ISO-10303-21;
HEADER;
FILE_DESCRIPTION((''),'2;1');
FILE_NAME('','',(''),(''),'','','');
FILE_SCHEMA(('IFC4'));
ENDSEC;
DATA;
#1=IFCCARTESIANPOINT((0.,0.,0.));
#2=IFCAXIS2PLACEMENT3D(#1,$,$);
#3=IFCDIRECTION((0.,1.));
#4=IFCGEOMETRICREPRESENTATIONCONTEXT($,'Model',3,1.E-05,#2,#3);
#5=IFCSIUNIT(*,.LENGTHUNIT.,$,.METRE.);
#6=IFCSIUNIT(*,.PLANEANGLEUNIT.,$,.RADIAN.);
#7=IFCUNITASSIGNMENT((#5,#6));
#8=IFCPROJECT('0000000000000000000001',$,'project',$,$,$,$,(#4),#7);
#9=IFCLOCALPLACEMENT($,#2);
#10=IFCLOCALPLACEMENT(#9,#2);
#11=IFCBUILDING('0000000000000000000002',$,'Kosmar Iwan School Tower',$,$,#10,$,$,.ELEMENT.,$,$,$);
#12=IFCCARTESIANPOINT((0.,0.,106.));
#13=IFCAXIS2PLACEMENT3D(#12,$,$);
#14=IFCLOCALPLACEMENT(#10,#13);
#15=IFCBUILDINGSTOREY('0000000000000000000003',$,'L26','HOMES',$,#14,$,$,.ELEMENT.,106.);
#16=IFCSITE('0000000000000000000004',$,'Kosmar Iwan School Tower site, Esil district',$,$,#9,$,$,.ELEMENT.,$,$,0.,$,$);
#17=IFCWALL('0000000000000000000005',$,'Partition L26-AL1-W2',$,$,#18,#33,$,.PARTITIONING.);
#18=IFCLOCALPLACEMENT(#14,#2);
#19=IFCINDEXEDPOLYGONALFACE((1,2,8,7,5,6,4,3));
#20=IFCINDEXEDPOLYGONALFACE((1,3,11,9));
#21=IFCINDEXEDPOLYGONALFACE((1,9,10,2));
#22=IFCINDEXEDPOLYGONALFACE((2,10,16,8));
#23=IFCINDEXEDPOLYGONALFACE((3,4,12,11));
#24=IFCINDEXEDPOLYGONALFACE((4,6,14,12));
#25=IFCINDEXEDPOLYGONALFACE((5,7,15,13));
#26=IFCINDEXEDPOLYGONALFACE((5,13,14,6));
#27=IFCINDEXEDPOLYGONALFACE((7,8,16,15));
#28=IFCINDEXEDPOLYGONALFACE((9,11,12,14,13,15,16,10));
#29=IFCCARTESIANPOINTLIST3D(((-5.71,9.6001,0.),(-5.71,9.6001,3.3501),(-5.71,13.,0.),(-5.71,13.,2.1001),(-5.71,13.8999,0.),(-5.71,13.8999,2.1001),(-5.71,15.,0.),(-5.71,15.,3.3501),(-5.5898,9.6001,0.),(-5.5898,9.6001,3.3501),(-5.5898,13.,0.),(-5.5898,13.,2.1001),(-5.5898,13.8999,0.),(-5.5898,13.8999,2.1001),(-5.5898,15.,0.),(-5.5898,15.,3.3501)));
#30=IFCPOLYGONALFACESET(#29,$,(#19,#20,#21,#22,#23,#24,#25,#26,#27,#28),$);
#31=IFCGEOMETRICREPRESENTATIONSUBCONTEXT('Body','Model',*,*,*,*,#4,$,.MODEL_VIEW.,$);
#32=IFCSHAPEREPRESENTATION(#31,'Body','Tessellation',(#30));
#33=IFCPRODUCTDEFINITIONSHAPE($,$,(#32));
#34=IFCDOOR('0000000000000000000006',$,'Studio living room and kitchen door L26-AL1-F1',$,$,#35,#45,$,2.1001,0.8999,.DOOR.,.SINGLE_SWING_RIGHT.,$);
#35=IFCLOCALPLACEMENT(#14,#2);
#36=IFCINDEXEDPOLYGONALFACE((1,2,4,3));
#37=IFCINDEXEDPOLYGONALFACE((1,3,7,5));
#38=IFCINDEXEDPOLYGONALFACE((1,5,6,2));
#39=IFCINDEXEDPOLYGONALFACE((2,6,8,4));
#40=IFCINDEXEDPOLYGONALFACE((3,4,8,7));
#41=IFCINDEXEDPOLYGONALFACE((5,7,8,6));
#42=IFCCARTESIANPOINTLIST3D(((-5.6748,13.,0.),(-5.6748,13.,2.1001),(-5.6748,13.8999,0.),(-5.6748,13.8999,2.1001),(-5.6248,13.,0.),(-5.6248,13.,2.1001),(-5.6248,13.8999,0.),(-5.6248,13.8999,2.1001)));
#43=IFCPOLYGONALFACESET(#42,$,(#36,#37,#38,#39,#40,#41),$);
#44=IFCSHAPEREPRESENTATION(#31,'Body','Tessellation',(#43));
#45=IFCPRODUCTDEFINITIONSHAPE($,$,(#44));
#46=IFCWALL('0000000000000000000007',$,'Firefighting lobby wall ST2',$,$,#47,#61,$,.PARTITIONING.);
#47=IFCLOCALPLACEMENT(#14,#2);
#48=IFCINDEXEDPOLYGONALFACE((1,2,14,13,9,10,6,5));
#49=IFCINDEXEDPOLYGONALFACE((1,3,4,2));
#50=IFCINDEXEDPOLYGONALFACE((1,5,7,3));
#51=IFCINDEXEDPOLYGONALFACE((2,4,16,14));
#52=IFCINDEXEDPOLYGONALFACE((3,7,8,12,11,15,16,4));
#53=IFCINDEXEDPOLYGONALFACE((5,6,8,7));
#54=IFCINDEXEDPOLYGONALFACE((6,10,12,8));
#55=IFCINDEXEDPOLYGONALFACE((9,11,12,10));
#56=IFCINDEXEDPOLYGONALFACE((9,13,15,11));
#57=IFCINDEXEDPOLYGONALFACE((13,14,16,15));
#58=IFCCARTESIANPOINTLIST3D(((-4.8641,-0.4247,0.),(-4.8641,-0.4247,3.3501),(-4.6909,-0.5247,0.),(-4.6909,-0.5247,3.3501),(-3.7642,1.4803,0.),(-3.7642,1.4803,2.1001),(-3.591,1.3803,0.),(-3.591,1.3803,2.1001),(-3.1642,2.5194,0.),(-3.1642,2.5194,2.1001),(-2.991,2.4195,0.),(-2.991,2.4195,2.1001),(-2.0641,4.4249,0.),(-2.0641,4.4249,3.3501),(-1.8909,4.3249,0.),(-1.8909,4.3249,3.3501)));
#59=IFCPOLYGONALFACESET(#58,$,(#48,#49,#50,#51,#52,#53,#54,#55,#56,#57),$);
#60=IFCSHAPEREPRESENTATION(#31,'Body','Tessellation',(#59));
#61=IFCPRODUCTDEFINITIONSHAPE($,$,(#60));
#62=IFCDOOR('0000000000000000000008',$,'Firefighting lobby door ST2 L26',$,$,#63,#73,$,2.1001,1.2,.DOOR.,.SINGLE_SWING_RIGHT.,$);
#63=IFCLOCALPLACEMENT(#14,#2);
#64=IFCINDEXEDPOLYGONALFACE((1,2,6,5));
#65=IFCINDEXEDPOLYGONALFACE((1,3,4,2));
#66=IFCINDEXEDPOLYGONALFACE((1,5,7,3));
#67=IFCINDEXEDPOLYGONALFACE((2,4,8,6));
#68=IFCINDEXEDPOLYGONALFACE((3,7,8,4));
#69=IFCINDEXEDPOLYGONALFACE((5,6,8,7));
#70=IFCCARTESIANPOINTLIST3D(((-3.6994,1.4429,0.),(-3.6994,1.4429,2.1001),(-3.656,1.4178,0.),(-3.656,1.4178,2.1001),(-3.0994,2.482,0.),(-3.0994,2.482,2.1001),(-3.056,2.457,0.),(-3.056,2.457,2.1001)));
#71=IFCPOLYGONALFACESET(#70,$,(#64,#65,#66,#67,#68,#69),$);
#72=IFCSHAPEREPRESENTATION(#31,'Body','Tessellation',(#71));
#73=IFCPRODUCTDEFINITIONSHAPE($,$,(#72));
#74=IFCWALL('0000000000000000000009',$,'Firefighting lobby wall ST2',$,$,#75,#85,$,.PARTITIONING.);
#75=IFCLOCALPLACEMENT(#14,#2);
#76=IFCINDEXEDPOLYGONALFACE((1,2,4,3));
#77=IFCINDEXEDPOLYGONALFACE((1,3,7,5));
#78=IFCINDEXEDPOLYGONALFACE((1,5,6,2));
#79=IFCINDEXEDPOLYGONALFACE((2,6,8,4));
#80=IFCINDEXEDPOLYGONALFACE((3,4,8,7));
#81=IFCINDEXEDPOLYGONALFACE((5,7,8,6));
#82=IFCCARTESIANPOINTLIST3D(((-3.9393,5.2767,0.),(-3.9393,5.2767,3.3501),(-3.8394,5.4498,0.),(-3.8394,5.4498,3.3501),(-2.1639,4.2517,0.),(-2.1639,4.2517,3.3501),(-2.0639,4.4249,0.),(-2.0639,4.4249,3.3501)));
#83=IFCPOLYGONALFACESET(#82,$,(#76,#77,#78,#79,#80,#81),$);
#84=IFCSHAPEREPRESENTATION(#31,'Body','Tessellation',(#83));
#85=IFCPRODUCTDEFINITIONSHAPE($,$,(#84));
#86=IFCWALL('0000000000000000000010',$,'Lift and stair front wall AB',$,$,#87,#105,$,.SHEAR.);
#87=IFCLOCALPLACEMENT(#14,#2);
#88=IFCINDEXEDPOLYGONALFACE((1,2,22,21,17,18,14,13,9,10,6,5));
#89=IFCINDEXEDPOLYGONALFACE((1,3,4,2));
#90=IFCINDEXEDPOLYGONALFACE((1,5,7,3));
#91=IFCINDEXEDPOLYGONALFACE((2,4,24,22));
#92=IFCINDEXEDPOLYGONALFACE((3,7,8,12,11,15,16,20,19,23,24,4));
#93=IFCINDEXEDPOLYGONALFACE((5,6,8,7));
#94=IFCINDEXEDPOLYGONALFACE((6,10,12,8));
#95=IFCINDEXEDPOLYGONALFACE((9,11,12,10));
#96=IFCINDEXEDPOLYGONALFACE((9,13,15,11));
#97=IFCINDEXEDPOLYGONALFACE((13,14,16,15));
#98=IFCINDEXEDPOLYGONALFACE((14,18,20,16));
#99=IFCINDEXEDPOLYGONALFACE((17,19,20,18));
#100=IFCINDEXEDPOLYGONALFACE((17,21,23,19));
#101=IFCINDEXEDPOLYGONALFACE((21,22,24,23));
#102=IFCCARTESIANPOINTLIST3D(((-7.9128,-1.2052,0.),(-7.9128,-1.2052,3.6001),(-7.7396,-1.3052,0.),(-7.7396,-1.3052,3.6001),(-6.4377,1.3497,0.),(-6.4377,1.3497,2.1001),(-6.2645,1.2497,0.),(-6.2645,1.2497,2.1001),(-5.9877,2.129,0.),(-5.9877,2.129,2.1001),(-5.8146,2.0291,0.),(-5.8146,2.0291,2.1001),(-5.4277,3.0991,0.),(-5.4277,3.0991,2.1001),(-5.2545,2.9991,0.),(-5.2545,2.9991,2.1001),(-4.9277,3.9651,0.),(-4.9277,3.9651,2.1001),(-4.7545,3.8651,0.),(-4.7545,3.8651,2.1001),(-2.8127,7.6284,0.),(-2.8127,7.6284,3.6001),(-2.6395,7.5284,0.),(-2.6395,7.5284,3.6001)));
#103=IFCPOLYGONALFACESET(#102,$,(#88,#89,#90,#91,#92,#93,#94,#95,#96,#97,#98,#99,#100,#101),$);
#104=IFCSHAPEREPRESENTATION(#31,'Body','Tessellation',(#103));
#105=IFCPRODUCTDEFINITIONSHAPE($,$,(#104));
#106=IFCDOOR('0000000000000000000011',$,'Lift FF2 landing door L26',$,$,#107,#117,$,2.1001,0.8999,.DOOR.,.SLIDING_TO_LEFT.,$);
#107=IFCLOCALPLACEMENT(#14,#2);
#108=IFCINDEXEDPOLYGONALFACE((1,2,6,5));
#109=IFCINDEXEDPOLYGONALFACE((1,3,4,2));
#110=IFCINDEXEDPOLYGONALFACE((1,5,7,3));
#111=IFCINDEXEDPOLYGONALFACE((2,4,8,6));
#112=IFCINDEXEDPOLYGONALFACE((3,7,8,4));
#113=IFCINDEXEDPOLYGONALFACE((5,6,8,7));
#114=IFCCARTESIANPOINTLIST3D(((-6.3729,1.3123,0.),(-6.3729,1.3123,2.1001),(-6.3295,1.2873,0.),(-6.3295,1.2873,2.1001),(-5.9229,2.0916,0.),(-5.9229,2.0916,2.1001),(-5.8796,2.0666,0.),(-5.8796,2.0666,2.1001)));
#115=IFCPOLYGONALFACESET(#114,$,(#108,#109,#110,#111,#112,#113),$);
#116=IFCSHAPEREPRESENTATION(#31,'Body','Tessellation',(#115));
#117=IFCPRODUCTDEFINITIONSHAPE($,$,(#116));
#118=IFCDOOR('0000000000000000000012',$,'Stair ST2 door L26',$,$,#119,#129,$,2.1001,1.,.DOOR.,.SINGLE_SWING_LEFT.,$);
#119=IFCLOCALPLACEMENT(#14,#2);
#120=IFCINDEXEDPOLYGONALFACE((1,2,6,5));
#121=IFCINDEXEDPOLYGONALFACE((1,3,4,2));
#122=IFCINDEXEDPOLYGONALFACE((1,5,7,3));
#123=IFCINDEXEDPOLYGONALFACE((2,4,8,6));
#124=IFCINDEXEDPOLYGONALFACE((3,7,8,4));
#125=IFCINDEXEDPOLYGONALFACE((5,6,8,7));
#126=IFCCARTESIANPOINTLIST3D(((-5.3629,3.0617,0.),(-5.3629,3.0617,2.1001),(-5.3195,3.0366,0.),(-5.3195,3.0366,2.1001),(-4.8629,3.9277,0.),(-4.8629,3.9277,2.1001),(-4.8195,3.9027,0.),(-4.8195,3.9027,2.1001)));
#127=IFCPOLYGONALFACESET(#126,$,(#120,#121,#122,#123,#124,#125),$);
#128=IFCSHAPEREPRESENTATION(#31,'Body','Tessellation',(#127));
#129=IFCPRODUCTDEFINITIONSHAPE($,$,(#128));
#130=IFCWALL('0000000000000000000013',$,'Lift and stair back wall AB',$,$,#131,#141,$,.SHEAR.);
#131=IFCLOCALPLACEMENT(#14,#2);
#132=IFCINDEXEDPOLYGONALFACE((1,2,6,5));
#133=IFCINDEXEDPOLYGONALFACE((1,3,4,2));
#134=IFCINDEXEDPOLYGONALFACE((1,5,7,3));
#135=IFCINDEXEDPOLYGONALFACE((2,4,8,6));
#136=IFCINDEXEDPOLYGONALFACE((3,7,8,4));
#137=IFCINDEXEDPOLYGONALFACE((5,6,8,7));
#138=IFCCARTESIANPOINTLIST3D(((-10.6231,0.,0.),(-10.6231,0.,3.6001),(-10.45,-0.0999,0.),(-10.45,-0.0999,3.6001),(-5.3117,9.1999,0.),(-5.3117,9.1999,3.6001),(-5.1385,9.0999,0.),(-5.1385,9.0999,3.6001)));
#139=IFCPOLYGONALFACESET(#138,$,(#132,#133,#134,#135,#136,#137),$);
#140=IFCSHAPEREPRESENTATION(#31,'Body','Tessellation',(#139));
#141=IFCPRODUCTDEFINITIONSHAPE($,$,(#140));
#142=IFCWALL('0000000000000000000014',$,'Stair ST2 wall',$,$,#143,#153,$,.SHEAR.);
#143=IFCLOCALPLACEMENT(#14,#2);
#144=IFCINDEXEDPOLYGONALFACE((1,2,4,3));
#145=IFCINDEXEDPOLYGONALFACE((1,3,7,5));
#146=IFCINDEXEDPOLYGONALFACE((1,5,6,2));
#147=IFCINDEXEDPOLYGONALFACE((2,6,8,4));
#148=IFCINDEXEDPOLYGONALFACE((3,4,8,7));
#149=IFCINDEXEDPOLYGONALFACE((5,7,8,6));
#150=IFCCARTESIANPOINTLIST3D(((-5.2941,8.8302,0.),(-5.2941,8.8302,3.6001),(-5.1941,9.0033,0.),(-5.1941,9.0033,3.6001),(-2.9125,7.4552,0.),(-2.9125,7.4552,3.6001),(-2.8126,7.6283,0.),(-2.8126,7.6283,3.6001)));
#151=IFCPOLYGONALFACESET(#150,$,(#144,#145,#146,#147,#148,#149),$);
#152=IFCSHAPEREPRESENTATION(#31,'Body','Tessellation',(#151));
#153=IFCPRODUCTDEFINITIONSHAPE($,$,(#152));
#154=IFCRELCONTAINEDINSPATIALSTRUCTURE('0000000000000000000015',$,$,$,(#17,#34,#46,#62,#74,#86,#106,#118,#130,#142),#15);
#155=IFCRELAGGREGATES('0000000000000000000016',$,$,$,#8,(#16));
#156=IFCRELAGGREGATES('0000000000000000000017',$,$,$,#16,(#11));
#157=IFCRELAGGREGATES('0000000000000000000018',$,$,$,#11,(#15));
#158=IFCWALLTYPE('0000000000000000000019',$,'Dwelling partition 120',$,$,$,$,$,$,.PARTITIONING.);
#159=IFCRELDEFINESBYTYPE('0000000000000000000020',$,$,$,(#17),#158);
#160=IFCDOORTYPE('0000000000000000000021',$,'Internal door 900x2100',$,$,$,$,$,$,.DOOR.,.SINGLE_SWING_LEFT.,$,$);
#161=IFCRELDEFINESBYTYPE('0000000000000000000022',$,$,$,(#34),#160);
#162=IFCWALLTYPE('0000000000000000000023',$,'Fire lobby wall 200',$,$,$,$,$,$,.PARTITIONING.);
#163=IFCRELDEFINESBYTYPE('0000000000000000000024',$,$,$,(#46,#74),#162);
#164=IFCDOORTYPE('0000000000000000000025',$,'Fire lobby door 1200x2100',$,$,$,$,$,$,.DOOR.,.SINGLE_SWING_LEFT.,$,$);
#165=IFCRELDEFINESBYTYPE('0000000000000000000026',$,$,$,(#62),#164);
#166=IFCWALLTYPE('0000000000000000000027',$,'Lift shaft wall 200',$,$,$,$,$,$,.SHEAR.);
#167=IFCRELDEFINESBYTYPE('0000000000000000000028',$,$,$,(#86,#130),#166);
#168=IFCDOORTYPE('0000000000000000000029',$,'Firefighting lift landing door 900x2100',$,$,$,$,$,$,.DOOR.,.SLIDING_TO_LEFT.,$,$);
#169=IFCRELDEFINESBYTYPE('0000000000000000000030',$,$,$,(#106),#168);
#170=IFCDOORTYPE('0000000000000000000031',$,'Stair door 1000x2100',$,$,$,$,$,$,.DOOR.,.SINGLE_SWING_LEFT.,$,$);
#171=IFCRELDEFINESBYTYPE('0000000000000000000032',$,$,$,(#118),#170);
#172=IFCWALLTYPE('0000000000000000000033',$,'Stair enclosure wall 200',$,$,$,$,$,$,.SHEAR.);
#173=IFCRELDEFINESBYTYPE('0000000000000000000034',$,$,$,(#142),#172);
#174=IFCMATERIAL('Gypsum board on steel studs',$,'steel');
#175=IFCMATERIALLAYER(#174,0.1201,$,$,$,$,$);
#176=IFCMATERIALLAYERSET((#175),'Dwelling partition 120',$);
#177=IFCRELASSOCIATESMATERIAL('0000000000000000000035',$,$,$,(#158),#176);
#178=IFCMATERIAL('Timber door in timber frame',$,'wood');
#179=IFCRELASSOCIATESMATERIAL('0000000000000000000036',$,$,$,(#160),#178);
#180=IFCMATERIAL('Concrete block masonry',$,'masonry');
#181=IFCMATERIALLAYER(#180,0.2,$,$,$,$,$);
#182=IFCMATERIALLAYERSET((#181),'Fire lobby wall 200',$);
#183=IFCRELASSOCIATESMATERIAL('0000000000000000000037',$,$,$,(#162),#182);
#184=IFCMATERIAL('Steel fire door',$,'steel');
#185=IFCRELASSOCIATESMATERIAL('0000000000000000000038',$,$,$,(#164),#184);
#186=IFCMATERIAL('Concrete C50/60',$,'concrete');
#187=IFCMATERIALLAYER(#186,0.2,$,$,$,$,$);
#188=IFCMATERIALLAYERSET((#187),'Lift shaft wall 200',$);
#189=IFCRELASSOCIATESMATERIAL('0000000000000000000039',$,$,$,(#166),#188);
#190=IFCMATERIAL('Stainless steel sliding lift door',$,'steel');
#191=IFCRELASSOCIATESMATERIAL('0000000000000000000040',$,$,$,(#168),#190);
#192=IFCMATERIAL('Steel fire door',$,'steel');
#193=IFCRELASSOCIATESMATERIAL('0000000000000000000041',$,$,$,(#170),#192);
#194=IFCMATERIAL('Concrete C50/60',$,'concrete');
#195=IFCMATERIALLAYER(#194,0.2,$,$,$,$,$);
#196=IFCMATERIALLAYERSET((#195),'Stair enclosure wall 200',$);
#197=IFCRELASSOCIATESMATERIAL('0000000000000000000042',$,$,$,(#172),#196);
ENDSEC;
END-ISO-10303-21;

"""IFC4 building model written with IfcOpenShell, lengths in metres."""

from ifc_helpers import new_model, si_unit, direction, frame, frame_2d, origin, place, context, subcontext, project, spatial, rectangle, extrude, material, layer, layer_set, type_object, element, fill, save


model = new_model("IFC4")

# Units and contexts
model_context = context("Model", 3, precision=1e-05, world=origin(), true_north=direction((0.0, 1.0)))
body_context = subcontext(model_context, "Body", "Model", "MODEL_VIEW")
ifc_project = project(units=[si_unit("LENGTHUNIT", "METRE"), si_unit("PLANEANGLEUNIT", "RADIAN")], contexts=[model_context])

# Site, building, storey
site_placement = place(None, origin())
site = spatial("IfcSite", under=ifc_project, at=site_placement, Name="Kosmar Iwan School Tower site, Esil district", CompositionType="ELEMENT", RefElevation=0.0)
building_placement = place(site_placement, origin())
building = spatial("IfcBuilding", under=site, at=building_placement, Name="Kosmar Iwan School Tower", CompositionType="ELEMENT")
storey_placement = place(building_placement, frame((0.0, 0.0, 106.0)))
storey = spatial("IfcBuildingStorey", under=building, at=storey_placement, Name="L26", Description="HOMES", CompositionType="ELEMENT", Elevation=106.0)

# Shared definitions
ifc_material_1 = material(Name="Gypsum board on steel studs", Category="steel")
ifc_layer_1 = layer(ifc_material_1, 0.1201)
ifc_layer_set_1 = layer_set([ifc_layer_1], Name="Dwelling partition 120")
wall_type_1 = type_object("IfcWallType", Name="Dwelling partition 120", PredefinedType="PARTITIONING", material=ifc_layer_set_1)
ifc_material_2 = material(Name="Timber door in timber frame", Category="wood")
door_type_1 = type_object("IfcDoorType", Name="Internal door 900x2100", OperationType="SINGLE_SWING_LEFT", PredefinedType="DOOR", material=ifc_material_2)

# Walls, openings, doors
wall_1_placement = place(storey_placement, frame((-5.6499, 9.6001, 0.0), z_axis=(0.0, 0.0, 1.0), x_axis=(0.0, 1.0, 0.0)))
wall_1 = element("IfcWall", 1, at=wall_1_placement, inside=storey, type_object=wall_type_1, Name="Partition L26-AL1-W2", PredefinedType="PARTITIONING", context=body_context, shape_type="SweptSolid", body=[
    extrude(rectangle(XDim=5.3999, YDim=0.1201, at=frame_2d((2.7, 0.0))), origin(), (0.0, 0.0, 1.0), 3.3501),
])
opening_1_placement = place(wall_1_placement, frame((3.3999, 0.0, 0.0)))
opening_1 = element("IfcOpeningElement", 2, at=opening_1_placement, cuts=wall_1, PredefinedType="OPENING", context=body_context, shape_type="SweptSolid", body=[
    extrude(rectangle(XDim=0.8999, YDim=2.1001, at=frame_2d((0.45, 1.05))), frame((0.0, 0.072, 0.0), z_axis=(0.0, -1.0, 0.0), x_axis=(1.0, 0.0, 0.0)), (0.0, 0.0, 1.0), 0.144),
])
door_1_placement = place(opening_1_placement, origin())
door_1 = element("IfcDoor", 3, at=door_1_placement, inside=storey, type_object=door_type_1, Name="Studio living room and kitchen door L26-AL1-F1", OperationType="SINGLE_SWING_RIGHT", OverallHeight=2.1001, OverallWidth=0.8999, PredefinedType="DOOR", context=body_context, shape_type="SweptSolid", body=[
    extrude(rectangle(XDim=0.8999, YDim=2.1001, at=frame_2d((0.45, 1.05))), frame((0.0, 0.0249, 0.0), z_axis=(0.0, -1.0, 0.0), x_axis=(1.0, 0.0, 0.0)), (0.0, 0.0, 1.0), 0.05),
])
fill(opening_1, door_1)
ifc_material_3 = material(Name="Concrete block masonry", Category="masonry")
ifc_layer_2 = layer(ifc_material_3, 0.2)
ifc_layer_set_2 = layer_set([ifc_layer_2], Name="Fire lobby wall 200")
wall_type_2 = type_object("IfcWallType", Name="Fire lobby wall 200", PredefinedType="PARTITIONING", material=ifc_layer_set_2)
wall_2_placement = place(storey_placement, frame((-1.9775, 4.3748, 0.0), z_axis=(0.0, 0.0, 1.0), x_axis=(-0.500017, -0.866016, 0.0)))
wall_2 = element("IfcWall", 4, at=wall_2_placement, inside=storey, type_object=wall_type_2, Name="Firefighting lobby wall ST2", PredefinedType="PARTITIONING", context=body_context, shape_type="SweptSolid", body=[
    extrude(rectangle(XDim=5.5999, YDim=0.2, at=frame_2d((2.7998, 0.0))), origin(), (0.0, 0.0, 1.0), 3.3501),
])
opening_2_placement = place(wall_2_placement, frame((2.2, 0.0, 0.0)))
opening_2 = element("IfcOpeningElement", 5, at=opening_2_placement, cuts=wall_2, PredefinedType="OPENING", context=body_context, shape_type="SweptSolid", body=[
    extrude(rectangle(XDim=1.2, YDim=2.1001, at=frame_2d((0.6001, 1.05))), frame((0.0, 0.1121, 0.0), z_axis=(0.0, -1.0, 0.0), x_axis=(1.0, 0.0, 0.0)), (0.0, 0.0, 1.0), 0.2239),
])
ifc_material_4 = material(Name="Steel fire door", Category="steel")
door_type_2 = type_object("IfcDoorType", Name="Fire lobby door 1200x2100", OperationType="SINGLE_SWING_LEFT", PredefinedType="DOOR", material=ifc_material_4)
door_2_placement = place(opening_2_placement, origin())
door_2 = element("IfcDoor", 6, at=door_2_placement, inside=storey, type_object=door_type_2, Name="Firefighting lobby door ST2 L26", OperationType="SINGLE_SWING_RIGHT", OverallHeight=2.1001, OverallWidth=1.2, PredefinedType="DOOR", context=body_context, shape_type="SweptSolid", body=[
    extrude(rectangle(XDim=1.2, YDim=2.1001, at=frame_2d((0.6001, 1.05))), frame((0.0, 0.0249, 0.0), z_axis=(0.0, -1.0, 0.0), x_axis=(1.0, 0.0, 0.0)), (0.0, 0.0, 1.0), 0.05),
])
fill(opening_2, door_2)

# Wall
wall_3_placement = place(storey_placement, frame((-2.114, 4.3384, 0.0), z_axis=(0.0, 0.0, 1.0), x_axis=(-0.866051, 0.499956, 0.0)))
element("IfcWall", 7, at=wall_3_placement, inside=storey, type_object=wall_type_2, Name="Firefighting lobby wall ST2", PredefinedType="PARTITIONING", context=body_context, shape_type="SweptSolid", body=[
    extrude(rectangle(XDim=2.05, YDim=0.2, at=frame_2d((1.0249, 0.0))), origin(), (0.0, 0.0, 1.0), 3.3501),
])

# Wall, openings, doors
ifc_material_5 = material(Name="Concrete C50/60", Category="concrete")
ifc_layer_3 = layer(ifc_material_5, 0.2)
ifc_layer_set_3 = layer_set([ifc_layer_3], Name="Lift shaft wall 200")
wall_type_3 = type_object("IfcWallType", Name="Lift shaft wall 200", PredefinedType="SHEAR", material=ifc_layer_set_3)
wall_4_placement = place(storey_placement, frame((-2.7261, 7.5784, 0.0), z_axis=(0.0, 0.0, 1.0), x_axis=(-0.500006, -0.866022, 0.0)))
wall_4 = element("IfcWall", 8, at=wall_4_placement, inside=storey, type_object=wall_type_3, Name="Lift and stair front wall AB", PredefinedType="SHEAR", context=body_context, shape_type="SweptSolid", body=[
    extrude(rectangle(XDim=10.2002, YDim=0.2, at=frame_2d((5.1001, 0.0))), origin(), (0.0, 0.0, 1.0), 3.6001),
])
opening_3_placement = place(wall_4_placement, frame((6.3501, 0.0, 0.0)))
opening_3 = element("IfcOpeningElement", 9, at=opening_3_placement, cuts=wall_4, PredefinedType="OPENING", context=body_context, shape_type="SweptSolid", body=[
    extrude(rectangle(XDim=0.8999, YDim=2.1001, at=frame_2d((0.45, 1.05))), frame((0.0, 0.1121, 0.0), z_axis=(0.0, -1.0, 0.0), x_axis=(1.0, 0.0, 0.0)), (0.0, 0.0, 1.0), 0.2239),
])
opening_4_placement = place(wall_4_placement, frame((4.23, 0.0, 0.0)))
opening_4 = element("IfcOpeningElement", 10, at=opening_4_placement, cuts=wall_4, PredefinedType="OPENING", context=body_context, shape_type="SweptSolid", body=[
    extrude(rectangle(XDim=1.0, YDim=2.1001, at=frame_2d((0.5, 1.05))), frame((0.0, 0.1121, 0.0), z_axis=(0.0, -1.0, 0.0), x_axis=(1.0, 0.0, 0.0)), (0.0, 0.0, 1.0), 0.2239),
])
ifc_material_6 = material(Name="Stainless steel sliding lift door", Category="steel")
door_type_3 = type_object("IfcDoorType", Name="Firefighting lift landing door 900x2100", OperationType="SLIDING_TO_LEFT", PredefinedType="DOOR", material=ifc_material_6)
door_3_placement = place(opening_3_placement, origin())
door_3 = element("IfcDoor", 11, at=door_3_placement, inside=storey, type_object=door_type_3, Name="Lift FF2 landing door L26", OperationType="SLIDING_TO_LEFT", OverallHeight=2.1001, OverallWidth=0.8999, PredefinedType="DOOR", context=body_context, shape_type="SweptSolid", body=[
    extrude(rectangle(XDim=0.8999, YDim=2.1001, at=frame_2d((0.45, 1.05))), frame((0.0, 0.0249, 0.0), z_axis=(0.0, -1.0, 0.0), x_axis=(1.0, 0.0, 0.0)), (0.0, 0.0, 1.0), 0.05),
])
fill(opening_3, door_3)
ifc_material_7 = material(Name="Steel fire door", Category="steel")
door_type_4 = type_object("IfcDoorType", Name="Stair door 1000x2100", OperationType="SINGLE_SWING_LEFT", PredefinedType="DOOR", material=ifc_material_7)
door_4_placement = place(opening_4_placement, origin())
door_4 = element("IfcDoor", 12, at=door_4_placement, inside=storey, type_object=door_type_4, Name="Stair ST2 door L26", OperationType="SINGLE_SWING_LEFT", OverallHeight=2.1001, OverallWidth=1.0, PredefinedType="DOOR", context=body_context, shape_type="SweptSolid", body=[
    extrude(rectangle(XDim=1.0, YDim=2.1001, at=frame_2d((0.5, 1.05))), frame((0.0, 0.0249, 0.0), z_axis=(0.0, -1.0, 0.0), x_axis=(1.0, 0.0, 0.0)), (0.0, 0.0, 1.0), 0.05),
])
fill(opening_4, door_4)

# Walls
wall_5_placement = place(storey_placement, frame((-5.2251, 9.1499, 0.0), z_axis=(0.0, 0.0, 1.0), x_axis=(-0.499995, -0.866028, 0.0)))
element("IfcWall", 13, at=wall_5_placement, inside=storey, type_object=wall_type_3, Name="Lift and stair back wall AB", PredefinedType="SHEAR", context=body_context, shape_type="SweptSolid", body=[
    extrude(rectangle(XDim=10.623, YDim=0.2, at=frame_2d((5.3115, 0.0))), origin(), (0.0, 0.0, 1.0), 3.6001),
])
ifc_material_8 = material(Name="Concrete C50/60", Category="concrete")
ifc_layer_4 = layer(ifc_material_8, 0.2)
ifc_layer_set_4 = layer_set([ifc_layer_4], Name="Stair enclosure wall 200")
wall_type_4 = type_object("IfcWallType", Name="Stair enclosure wall 200", PredefinedType="SHEAR", material=ifc_layer_set_4)
wall_6_placement = place(storey_placement, frame((-2.8625, 7.5417, 0.0), z_axis=(0.0, 0.0, 1.0), x_axis=(-0.866027, 0.499997, 0.0)))
element("IfcWall", 14, at=wall_6_placement, inside=storey, type_object=wall_type_4, Name="Stair ST2 wall", PredefinedType="SHEAR", context=body_context, shape_type="SweptSolid", body=[
    extrude(rectangle(XDim=2.75, YDim=0.2, at=frame_2d((1.375, 0.0))), origin(), (0.0, 0.0, 1.0), 3.6001),
])

save(model, "model.ifc")
